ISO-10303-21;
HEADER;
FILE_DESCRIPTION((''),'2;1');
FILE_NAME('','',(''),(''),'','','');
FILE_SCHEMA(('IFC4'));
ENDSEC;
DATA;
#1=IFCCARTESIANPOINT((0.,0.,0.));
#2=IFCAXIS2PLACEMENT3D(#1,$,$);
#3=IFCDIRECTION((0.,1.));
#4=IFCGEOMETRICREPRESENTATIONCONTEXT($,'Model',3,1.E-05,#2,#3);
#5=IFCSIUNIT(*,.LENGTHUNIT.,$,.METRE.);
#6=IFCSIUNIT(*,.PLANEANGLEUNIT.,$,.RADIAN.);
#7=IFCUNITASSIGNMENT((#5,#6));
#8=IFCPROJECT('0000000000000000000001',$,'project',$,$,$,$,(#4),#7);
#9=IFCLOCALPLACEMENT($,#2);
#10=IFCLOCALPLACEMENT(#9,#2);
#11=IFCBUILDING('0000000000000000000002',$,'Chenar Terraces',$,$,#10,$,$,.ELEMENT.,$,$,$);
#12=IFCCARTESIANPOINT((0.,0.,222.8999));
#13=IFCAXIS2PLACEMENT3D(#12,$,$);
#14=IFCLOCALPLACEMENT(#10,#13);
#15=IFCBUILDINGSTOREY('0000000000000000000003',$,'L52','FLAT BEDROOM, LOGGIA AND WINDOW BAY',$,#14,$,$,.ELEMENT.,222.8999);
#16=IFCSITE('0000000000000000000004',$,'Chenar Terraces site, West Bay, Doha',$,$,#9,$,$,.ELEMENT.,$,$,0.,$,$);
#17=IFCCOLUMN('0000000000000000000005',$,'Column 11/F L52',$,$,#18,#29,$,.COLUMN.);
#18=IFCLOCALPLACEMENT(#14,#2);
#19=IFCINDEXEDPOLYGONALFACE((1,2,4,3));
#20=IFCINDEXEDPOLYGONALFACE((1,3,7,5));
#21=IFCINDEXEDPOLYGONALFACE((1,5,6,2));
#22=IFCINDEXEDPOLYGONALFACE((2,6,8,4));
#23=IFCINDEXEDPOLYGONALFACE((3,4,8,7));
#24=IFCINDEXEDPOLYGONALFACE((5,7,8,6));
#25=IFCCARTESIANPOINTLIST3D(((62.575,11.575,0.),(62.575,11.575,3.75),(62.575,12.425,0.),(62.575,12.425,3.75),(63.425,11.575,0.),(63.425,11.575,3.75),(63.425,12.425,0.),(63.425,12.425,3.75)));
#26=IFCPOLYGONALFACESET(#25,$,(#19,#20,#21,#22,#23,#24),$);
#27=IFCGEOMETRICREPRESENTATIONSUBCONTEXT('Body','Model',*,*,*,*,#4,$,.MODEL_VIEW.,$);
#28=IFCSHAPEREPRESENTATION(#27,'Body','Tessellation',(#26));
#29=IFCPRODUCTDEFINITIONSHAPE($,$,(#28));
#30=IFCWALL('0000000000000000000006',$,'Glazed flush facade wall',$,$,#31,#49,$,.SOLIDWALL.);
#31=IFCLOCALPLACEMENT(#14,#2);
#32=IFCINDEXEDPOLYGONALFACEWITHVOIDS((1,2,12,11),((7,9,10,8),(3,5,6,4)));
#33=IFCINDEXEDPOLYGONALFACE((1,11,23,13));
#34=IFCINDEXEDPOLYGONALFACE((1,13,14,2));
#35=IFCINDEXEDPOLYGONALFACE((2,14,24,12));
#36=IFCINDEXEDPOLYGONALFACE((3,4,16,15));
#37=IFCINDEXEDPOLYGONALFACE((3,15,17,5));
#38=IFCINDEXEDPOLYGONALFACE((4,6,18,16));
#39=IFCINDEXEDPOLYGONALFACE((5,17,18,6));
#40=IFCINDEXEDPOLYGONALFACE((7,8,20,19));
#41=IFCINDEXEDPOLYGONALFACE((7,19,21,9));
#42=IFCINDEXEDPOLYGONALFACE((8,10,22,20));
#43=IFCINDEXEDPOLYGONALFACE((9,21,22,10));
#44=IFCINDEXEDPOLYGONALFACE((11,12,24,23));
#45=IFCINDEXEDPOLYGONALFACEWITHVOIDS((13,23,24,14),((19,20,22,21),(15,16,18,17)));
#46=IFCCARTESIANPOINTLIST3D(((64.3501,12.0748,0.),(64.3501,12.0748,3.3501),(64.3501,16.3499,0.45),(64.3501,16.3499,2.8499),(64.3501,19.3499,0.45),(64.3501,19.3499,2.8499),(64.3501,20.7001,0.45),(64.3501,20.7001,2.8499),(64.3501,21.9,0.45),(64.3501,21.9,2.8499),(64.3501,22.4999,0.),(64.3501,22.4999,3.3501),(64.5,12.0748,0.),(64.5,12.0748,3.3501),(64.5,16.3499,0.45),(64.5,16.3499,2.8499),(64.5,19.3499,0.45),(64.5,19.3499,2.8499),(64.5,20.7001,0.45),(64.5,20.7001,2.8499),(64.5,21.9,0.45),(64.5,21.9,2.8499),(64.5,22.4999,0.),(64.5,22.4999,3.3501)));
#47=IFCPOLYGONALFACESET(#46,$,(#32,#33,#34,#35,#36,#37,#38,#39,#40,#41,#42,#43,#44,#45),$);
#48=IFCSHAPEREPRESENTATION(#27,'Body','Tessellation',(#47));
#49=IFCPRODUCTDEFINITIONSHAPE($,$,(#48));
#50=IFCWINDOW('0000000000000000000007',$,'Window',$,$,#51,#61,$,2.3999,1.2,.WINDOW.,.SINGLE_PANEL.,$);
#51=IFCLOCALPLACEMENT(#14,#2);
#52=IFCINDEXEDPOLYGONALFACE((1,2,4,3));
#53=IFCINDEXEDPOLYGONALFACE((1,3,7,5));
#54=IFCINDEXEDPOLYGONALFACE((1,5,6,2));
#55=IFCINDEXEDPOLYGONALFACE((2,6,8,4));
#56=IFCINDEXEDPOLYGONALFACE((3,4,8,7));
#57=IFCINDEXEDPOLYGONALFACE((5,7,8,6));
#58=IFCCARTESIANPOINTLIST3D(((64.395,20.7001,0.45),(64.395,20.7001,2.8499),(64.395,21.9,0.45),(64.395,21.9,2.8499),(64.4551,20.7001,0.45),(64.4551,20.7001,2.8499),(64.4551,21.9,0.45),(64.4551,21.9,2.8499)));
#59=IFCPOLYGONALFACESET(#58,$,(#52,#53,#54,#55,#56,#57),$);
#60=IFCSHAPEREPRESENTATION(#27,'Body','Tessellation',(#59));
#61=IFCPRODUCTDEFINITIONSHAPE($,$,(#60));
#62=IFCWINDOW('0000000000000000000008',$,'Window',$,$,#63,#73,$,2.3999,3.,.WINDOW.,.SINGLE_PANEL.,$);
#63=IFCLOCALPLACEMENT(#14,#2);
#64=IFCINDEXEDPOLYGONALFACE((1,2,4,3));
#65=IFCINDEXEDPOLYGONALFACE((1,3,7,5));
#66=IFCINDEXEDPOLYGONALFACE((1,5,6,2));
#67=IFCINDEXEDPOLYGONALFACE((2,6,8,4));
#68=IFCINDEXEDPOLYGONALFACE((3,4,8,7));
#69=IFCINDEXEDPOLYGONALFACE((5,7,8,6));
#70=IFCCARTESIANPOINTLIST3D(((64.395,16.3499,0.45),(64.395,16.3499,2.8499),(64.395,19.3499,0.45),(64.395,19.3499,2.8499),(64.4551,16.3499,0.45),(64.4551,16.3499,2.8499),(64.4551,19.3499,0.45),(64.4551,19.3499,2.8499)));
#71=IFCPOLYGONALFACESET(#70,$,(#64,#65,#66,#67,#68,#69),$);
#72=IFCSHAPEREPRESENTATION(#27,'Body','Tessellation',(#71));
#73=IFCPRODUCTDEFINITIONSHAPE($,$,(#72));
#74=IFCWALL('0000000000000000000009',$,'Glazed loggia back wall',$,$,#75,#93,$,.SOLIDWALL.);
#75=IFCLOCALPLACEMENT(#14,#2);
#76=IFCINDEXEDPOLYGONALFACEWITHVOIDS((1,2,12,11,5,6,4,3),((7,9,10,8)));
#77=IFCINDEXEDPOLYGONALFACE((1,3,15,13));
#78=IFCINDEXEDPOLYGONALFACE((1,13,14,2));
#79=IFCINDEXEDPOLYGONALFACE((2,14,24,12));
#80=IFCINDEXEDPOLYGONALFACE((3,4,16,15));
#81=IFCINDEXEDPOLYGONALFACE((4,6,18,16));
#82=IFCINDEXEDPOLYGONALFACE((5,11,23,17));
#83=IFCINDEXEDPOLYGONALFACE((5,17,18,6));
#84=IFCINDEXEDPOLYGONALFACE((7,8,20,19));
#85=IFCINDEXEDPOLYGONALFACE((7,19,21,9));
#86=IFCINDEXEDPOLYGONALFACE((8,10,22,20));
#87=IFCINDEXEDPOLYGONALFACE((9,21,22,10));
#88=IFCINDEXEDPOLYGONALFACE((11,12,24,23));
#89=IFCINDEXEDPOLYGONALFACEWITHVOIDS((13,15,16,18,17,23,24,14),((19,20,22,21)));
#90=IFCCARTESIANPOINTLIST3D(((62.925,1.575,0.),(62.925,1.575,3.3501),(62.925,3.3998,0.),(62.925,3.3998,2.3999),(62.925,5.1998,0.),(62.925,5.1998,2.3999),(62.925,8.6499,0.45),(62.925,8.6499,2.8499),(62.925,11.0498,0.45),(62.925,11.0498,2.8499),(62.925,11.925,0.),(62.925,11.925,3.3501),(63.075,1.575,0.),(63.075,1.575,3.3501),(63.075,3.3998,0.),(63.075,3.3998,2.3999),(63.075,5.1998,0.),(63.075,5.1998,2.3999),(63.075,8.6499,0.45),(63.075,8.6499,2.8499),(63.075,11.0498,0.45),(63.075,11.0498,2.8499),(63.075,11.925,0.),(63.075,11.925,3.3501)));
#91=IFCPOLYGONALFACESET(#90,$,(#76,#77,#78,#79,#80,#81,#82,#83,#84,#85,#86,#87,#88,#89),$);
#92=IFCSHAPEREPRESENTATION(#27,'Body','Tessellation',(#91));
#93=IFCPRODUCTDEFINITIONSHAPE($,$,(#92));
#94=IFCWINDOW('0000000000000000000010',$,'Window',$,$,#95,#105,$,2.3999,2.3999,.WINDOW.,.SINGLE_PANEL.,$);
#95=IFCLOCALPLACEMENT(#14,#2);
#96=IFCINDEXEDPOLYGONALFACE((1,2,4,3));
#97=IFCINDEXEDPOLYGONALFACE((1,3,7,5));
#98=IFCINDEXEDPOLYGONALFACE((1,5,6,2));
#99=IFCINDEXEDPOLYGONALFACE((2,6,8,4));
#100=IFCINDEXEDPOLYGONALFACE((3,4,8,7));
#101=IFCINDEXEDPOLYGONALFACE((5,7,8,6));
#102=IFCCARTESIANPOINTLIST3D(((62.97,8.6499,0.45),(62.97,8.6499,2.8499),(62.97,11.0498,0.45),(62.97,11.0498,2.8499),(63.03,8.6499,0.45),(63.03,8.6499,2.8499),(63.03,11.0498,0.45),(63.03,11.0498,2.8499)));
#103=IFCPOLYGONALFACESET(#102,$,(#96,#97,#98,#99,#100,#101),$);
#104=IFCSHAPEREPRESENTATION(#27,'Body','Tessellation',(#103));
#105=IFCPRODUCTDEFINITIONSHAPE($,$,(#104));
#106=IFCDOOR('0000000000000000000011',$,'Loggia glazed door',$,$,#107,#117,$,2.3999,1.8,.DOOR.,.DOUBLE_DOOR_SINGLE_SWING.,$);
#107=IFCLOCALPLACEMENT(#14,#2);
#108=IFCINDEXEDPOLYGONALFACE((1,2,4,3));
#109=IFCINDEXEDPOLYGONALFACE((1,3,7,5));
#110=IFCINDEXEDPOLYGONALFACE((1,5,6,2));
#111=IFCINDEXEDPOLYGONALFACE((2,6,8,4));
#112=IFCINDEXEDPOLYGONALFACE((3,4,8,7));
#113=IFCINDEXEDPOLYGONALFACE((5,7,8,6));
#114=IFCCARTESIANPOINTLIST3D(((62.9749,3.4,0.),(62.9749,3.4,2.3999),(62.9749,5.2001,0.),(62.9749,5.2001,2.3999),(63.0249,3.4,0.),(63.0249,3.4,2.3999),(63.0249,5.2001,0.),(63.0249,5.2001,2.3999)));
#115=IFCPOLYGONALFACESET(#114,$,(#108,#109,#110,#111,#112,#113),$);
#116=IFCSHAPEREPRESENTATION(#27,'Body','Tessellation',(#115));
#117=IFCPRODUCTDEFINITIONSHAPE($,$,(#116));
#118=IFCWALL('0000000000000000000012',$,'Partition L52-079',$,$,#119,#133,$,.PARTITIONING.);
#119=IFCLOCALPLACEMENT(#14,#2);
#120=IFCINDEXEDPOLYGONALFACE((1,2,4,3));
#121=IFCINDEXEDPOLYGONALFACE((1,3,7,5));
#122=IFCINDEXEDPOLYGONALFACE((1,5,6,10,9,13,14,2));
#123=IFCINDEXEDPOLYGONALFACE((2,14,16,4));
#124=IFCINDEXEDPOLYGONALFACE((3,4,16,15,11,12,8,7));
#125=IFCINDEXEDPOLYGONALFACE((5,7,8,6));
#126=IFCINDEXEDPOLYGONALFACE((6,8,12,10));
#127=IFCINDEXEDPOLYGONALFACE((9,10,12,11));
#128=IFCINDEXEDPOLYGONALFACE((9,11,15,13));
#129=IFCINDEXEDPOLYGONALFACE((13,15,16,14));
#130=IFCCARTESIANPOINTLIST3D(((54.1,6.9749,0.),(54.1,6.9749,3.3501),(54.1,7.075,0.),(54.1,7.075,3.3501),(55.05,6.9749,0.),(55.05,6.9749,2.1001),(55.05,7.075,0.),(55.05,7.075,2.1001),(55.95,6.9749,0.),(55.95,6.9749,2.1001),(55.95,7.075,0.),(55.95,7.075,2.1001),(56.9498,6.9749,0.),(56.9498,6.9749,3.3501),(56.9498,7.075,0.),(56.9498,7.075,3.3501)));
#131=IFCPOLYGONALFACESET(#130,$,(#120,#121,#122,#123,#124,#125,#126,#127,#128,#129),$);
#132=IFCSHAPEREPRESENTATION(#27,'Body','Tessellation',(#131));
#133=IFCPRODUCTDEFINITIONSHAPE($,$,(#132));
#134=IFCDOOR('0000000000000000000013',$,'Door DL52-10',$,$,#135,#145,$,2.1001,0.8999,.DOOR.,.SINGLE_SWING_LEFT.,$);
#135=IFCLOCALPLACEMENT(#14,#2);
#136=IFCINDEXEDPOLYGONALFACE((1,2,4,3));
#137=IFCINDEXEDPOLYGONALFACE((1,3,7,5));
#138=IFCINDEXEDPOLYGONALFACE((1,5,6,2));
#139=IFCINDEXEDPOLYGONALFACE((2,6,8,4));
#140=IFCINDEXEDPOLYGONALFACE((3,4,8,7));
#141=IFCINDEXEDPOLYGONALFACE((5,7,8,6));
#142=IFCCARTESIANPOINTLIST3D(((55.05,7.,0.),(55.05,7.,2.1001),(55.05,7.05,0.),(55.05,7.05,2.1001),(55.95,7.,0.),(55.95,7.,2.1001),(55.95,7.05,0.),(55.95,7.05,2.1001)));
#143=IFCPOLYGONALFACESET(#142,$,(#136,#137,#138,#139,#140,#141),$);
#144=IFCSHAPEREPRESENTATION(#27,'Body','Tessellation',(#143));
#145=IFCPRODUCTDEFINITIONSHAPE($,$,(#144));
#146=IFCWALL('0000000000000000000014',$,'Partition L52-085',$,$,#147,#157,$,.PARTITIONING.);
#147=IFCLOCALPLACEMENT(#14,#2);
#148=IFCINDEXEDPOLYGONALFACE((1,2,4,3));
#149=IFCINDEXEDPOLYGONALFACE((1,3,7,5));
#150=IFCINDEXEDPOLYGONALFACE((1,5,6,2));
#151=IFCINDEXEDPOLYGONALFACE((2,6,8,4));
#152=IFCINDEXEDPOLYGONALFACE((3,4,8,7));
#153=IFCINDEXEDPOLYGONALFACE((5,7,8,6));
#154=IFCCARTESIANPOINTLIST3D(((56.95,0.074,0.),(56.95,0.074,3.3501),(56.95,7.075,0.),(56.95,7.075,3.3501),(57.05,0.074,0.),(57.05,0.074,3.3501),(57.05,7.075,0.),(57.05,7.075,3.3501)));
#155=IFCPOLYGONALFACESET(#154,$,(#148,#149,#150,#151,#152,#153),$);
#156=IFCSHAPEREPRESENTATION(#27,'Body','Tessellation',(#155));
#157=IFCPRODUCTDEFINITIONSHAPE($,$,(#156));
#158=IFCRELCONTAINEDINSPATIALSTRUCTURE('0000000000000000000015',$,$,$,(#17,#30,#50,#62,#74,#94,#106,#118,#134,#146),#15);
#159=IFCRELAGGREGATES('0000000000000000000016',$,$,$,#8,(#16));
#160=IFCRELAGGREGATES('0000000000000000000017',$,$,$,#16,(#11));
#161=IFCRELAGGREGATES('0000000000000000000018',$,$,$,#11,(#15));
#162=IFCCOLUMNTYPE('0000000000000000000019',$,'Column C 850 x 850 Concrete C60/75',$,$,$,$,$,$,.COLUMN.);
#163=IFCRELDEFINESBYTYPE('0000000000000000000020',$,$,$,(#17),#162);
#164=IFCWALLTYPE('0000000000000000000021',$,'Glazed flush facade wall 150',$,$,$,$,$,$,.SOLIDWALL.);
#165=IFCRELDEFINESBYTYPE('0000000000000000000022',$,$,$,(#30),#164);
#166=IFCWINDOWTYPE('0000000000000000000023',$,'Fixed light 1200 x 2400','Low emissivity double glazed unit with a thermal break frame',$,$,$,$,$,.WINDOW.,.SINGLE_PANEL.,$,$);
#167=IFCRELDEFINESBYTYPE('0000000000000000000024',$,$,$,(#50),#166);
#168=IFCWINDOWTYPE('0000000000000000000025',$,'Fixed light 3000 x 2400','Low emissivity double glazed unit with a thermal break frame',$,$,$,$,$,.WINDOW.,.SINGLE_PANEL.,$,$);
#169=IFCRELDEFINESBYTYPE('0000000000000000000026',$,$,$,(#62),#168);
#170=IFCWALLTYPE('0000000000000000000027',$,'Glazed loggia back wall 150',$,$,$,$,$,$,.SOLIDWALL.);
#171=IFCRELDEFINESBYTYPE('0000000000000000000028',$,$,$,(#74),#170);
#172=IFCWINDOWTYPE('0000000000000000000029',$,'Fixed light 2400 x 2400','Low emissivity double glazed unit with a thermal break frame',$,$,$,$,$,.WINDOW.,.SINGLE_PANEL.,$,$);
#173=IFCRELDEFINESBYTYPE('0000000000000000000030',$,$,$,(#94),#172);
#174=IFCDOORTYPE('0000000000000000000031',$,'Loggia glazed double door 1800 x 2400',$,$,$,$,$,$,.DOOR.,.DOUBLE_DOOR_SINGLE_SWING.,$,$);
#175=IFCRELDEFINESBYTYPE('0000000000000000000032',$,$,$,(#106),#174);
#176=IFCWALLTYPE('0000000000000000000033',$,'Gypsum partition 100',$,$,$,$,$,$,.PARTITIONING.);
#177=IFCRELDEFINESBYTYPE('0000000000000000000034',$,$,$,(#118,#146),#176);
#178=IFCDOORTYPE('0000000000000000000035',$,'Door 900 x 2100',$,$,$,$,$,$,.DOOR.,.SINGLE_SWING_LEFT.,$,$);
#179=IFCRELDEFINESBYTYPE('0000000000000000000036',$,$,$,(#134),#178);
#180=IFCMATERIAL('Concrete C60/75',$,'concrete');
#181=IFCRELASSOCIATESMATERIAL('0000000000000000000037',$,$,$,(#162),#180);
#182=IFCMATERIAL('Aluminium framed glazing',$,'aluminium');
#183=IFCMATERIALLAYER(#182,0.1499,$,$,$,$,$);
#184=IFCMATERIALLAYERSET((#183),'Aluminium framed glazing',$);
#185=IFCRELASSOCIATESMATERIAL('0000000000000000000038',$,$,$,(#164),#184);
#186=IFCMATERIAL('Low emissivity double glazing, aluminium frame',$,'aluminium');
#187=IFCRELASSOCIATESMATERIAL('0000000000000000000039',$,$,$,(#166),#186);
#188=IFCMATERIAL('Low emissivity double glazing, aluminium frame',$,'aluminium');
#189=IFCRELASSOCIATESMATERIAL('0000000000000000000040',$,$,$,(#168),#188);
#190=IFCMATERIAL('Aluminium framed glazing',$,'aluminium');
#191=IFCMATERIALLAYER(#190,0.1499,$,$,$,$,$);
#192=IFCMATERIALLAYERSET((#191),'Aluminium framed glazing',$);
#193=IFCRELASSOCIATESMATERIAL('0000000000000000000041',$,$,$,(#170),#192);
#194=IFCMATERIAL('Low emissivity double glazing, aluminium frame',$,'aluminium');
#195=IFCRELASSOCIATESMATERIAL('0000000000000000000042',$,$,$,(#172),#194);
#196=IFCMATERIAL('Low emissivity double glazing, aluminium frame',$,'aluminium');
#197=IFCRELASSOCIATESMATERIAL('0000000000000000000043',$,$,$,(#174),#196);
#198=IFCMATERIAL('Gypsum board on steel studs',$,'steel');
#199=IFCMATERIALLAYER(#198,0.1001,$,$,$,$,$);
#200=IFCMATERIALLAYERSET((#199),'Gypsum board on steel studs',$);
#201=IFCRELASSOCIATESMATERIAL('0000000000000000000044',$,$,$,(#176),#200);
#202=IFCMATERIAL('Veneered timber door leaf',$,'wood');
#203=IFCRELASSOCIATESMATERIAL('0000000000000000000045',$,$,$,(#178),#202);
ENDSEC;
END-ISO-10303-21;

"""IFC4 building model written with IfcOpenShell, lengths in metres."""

from ifc_helpers import new_model, si_unit, direction, frame, frame_2d, origin, origin_2d, place, context, subcontext, project, spatial, rectangle, extrude, material, layer, layer_set, material_profile, profile_set, type_object, element, fill, save


model = new_model("IFC4")

# Units and contexts
model_context = context("Model", 3, precision=1e-05, world=origin(), true_north=direction((0.0, 1.0)))
body_context = subcontext(model_context, "Body", "Model", "MODEL_VIEW")
ifc_project = project(units=[si_unit("LENGTHUNIT", "METRE"), si_unit("PLANEANGLEUNIT", "RADIAN")], contexts=[model_context])

# Site, building, storey
site_placement = place(None, origin())
site = spatial("IfcSite", under=ifc_project, at=site_placement, Name="Chenar Terraces site, West Bay, Doha", CompositionType="ELEMENT", RefElevation=0.0)
building_placement = place(site_placement, origin())
building = spatial("IfcBuilding", under=site, at=building_placement, Name="Chenar Terraces", CompositionType="ELEMENT")
storey_placement = place(building_placement, frame((0.0, 0.0, 222.8999)))
storey = spatial("IfcBuildingStorey", under=building, at=storey_placement, Name="L52", Description="FLAT BEDROOM, LOGGIA AND WINDOW BAY", CompositionType="ELEMENT", Elevation=222.8999)

# Column
ifc_material_1 = material(Name="Concrete C60/75", Category="concrete")
ifc_material_profile = material_profile(ifc_material_1, rectangle(XDim=0.8501, YDim=0.8501, at=origin_2d()), Name="C 850 x 850")
ifc_profile_set = profile_set([ifc_material_profile], Name="Concrete C60/75")
column_type = type_object("IfcColumnType", Name="Column C 850 x 850 Concrete C60/75", PredefinedType="COLUMN", material=ifc_profile_set)
column_placement = place(storey_placement, frame((63.0, 12.0, 0.0), z_axis=(0.0, 0.0, 1.0), x_axis=(1.0, 0.0, 0.0)))
element("IfcColumn", 1, at=column_placement, inside=storey, type_object=column_type, Name="Column 11/F L52", PredefinedType="COLUMN", context=body_context, shape_type="SweptSolid", body=[
    extrude(rectangle(XDim=0.8501, YDim=0.8501, at=origin_2d()), origin(), (0.0, 0.0, 1.0), 3.75),
])

# Wall, openings, windows
ifc_material_2 = material(Name="Aluminium framed glazing", Category="aluminium")
ifc_layer_1 = layer(ifc_material_2, 0.1499)
ifc_layer_set_1 = layer_set([ifc_layer_1], Name="Aluminium framed glazing")
wall_type_1 = type_object("IfcWallType", Name="Glazed flush facade wall 150", PredefinedType="SOLIDWALL", material=ifc_layer_set_1)
wall_1_placement = place(storey_placement, frame((64.425, 12.075, 0.0), z_axis=(0.0, 0.0, 1.0), x_axis=(0.0, 1.0, 0.0)))
wall_1 = element("IfcWall", 2, at=wall_1_placement, inside=storey, type_object=wall_type_1, Name="Glazed flush facade wall", PredefinedType="SOLIDWALL", context=body_context, shape_type="SweptSolid", body=[
    extrude(rectangle(XDim=10.425, YDim=0.1499, at=frame_2d((5.2124, 0.0))), origin(), (0.0, 0.0, 1.0), 3.3501),
])
opening_1_placement = place(wall_1_placement, frame((4.2749, 0.0, 0.45)))
opening_1 = element("IfcOpeningElement", 3, at=opening_1_placement, cuts=wall_1, PredefinedType="OPENING", context=body_context, shape_type="SweptSolid", body=[
    extrude(rectangle(XDim=3.0, YDim=2.3999, at=frame_2d((1.5, 1.2))), frame((0.0, 0.085, 0.0), z_axis=(0.0, -1.0, 0.0), x_axis=(1.0, 0.0, 0.0)), (0.0, 0.0, 1.0), 0.1699),
])
opening_2_placement = place(wall_1_placement, frame((8.625, 0.0, 0.45)))
opening_2 = element("IfcOpeningElement", 4, at=opening_2_placement, cuts=wall_1, PredefinedType="OPENING", context=body_context, shape_type="SweptSolid", body=[
    extrude(rectangle(XDim=1.2, YDim=2.3999, at=frame_2d((0.6001, 1.2))), frame((0.0, 0.085, 0.0), z_axis=(0.0, -1.0, 0.0), x_axis=(1.0, 0.0, 0.0)), (0.0, 0.0, 1.0), 0.1699),
])
ifc_material_3 = material(Name="Low emissivity double glazing, aluminium frame", Category="aluminium")
window_type_1 = type_object("IfcWindowType", Name="Fixed light 1200 x 2400", Description="Low emissivity double glazed unit with a thermal break frame", PartitioningType="SINGLE_PANEL", PredefinedType="WINDOW", material=ifc_material_3)
window_1_placement = place(opening_2_placement, origin())
window_1 = element("IfcWindow", 5, at=window_1_placement, inside=storey, type_object=window_type_1, Name="Window", OverallHeight=2.3999, OverallWidth=1.2, PartitioningType="SINGLE_PANEL", PredefinedType="WINDOW", context=body_context, shape_type="SweptSolid", body=[
    extrude(rectangle(XDim=1.2, YDim=2.3999, at=frame_2d((0.6001, 1.2))), frame((0.0, 0.03, 0.0), z_axis=(0.0, -1.0, 0.0), x_axis=(1.0, 0.0, 0.0)), (0.0, 0.0, 1.0), 0.0601),
])
fill(opening_2, window_1)
ifc_material_4 = material(Name="Low emissivity double glazing, aluminium frame", Category="aluminium")
window_type_2 = type_object("IfcWindowType", Name="Fixed light 3000 x 2400", Description="Low emissivity double glazed unit with a thermal break frame", PartitioningType="SINGLE_PANEL", PredefinedType="WINDOW", material=ifc_material_4)
window_2_placement = place(opening_1_placement, origin())
window_2 = element("IfcWindow", 6, at=window_2_placement, inside=storey, type_object=window_type_2, Name="Window", OverallHeight=2.3999, OverallWidth=3.0, PartitioningType="SINGLE_PANEL", PredefinedType="WINDOW", context=body_context, shape_type="SweptSolid", body=[
    extrude(rectangle(XDim=3.0, YDim=2.3999, at=frame_2d((1.5, 1.2))), frame((0.0, 0.03, 0.0), z_axis=(0.0, -1.0, 0.0), x_axis=(1.0, 0.0, 0.0)), (0.0, 0.0, 1.0), 0.0601),
])
fill(opening_1, window_2)

# Wall, openings, window, door
ifc_material_5 = material(Name="Aluminium framed glazing", Category="aluminium")
ifc_layer_2 = layer(ifc_material_5, 0.1499)
ifc_layer_set_2 = layer_set([ifc_layer_2], Name="Aluminium framed glazing")
wall_type_2 = type_object("IfcWallType", Name="Glazed loggia back wall 150", PredefinedType="SOLIDWALL", material=ifc_layer_set_2)
wall_2_placement = place(storey_placement, frame((63.0, 1.575, 0.0), z_axis=(0.0, 0.0, 1.0), x_axis=(0.0, 1.0, 0.0)))
wall_2 = element("IfcWall", 7, at=wall_2_placement, inside=storey, type_object=wall_type_2, Name="Glazed loggia back wall", PredefinedType="SOLIDWALL", context=body_context, shape_type="SweptSolid", body=[
    extrude(rectangle(XDim=10.3501, YDim=0.1499, at=frame_2d((5.175, 0.0))), origin(), (0.0, 0.0, 1.0), 3.3501),
])
opening_3_placement = place(wall_2_placement, frame((1.825, 0.0, 0.0)))
opening_3 = element("IfcOpeningElement", 8, at=opening_3_placement, cuts=wall_2, PredefinedType="OPENING", context=body_context, shape_type="SweptSolid", body=[
    extrude(rectangle(XDim=1.8, YDim=2.3999, at=frame_2d((0.8999, 1.2))), frame((0.0, 0.085, 0.0), z_axis=(0.0, -1.0, 0.0), x_axis=(1.0, 0.0, 0.0)), (0.0, 0.0, 1.0), 0.1699),
])
opening_4_placement = place(wall_2_placement, frame((7.075, 0.0, 0.45)))
opening_4 = element("IfcOpeningElement", 9, at=opening_4_placement, cuts=wall_2, PredefinedType="OPENING", context=body_context, shape_type="SweptSolid", body=[
    extrude(rectangle(XDim=2.3999, YDim=2.3999, at=frame_2d((1.2, 1.2))), frame((0.0, 0.085, 0.0), z_axis=(0.0, -1.0, 0.0), x_axis=(1.0, 0.0, 0.0)), (0.0, 0.0, 1.0), 0.1699),
])
ifc_material_6 = material(Name="Low emissivity double glazing, aluminium frame", Category="aluminium")
window_type_3 = type_object("IfcWindowType", Name="Fixed light 2400 x 2400", Description="Low emissivity double glazed unit with a thermal break frame", PartitioningType="SINGLE_PANEL", PredefinedType="WINDOW", material=ifc_material_6)
window_3_placement = place(opening_4_placement, origin())
window_3 = element("IfcWindow", 10, at=window_3_placement, inside=storey, type_object=window_type_3, Name="Window", OverallHeight=2.3999, OverallWidth=2.3999, PartitioningType="SINGLE_PANEL", PredefinedType="WINDOW", context=body_context, shape_type="SweptSolid", body=[
    extrude(rectangle(XDim=2.3999, YDim=2.3999, at=frame_2d((1.2, 1.2))), frame((0.0, 0.03, 0.0), z_axis=(0.0, -1.0, 0.0), x_axis=(1.0, 0.0, 0.0)), (0.0, 0.0, 1.0), 0.0601),
])
fill(opening_4, window_3)
ifc_material_7 = material(Name="Low emissivity double glazing, aluminium frame", Category="aluminium")
door_type_1 = type_object("IfcDoorType", Name="Loggia glazed double door 1800 x 2400", OperationType="DOUBLE_DOOR_SINGLE_SWING", PredefinedType="DOOR", material=ifc_material_7)
door_1_placement = place(opening_3_placement, frame((1.8, 0.0, 0.0), z_axis=(0.0, 0.0, 1.0), x_axis=(-1.0, 0.0, 0.0)))
door_1 = element("IfcDoor", 11, at=door_1_placement, inside=storey, type_object=door_type_1, Name="Loggia glazed door", OperationType="DOUBLE_DOOR_SINGLE_SWING", OverallHeight=2.3999, OverallWidth=1.8, PredefinedType="DOOR", context=body_context, shape_type="SweptSolid", body=[
    extrude(rectangle(XDim=1.8, YDim=2.3999, at=frame_2d((0.8999, 1.2))), frame((0.0, 0.0249, 0.0), z_axis=(0.0, -1.0, 0.0), x_axis=(1.0, 0.0, 0.0)), (0.0, 0.0, 1.0), 0.05),
])
fill(opening_3, door_1)

# Wall, opening, door
ifc_material_8 = material(Name="Gypsum board on steel studs", Category="steel")
ifc_layer_3 = layer(ifc_material_8, 0.1001)
ifc_layer_set_3 = layer_set([ifc_layer_3], Name="Gypsum board on steel studs")
wall_type_3 = type_object("IfcWallType", Name="Gypsum partition 100", PredefinedType="PARTITIONING", material=ifc_layer_set_3)
wall_3_placement = place(storey_placement, frame((54.1001, 7.0249, 0.0), z_axis=(0.0, 0.0, 1.0), x_axis=(1.0, 0.0, 0.0)))
wall_3 = element("IfcWall", 12, at=wall_3_placement, inside=storey, type_object=wall_type_3, Name="Partition L52-079", PredefinedType="PARTITIONING", context=body_context, shape_type="SweptSolid", body=[
    extrude(rectangle(XDim=2.8499, YDim=0.1001, at=frame_2d((1.4248, 0.0))), origin(), (0.0, 0.0, 1.0), 3.3501),
])
opening_5_placement = place(wall_3_placement, frame((0.95, 0.0, 0.0)))
opening_5 = element("IfcOpeningElement", 13, at=opening_5_placement, cuts=wall_3, PredefinedType="OPENING", context=body_context, shape_type="SweptSolid", body=[
    extrude(rectangle(XDim=0.8999, YDim=2.1001, at=frame_2d((0.45, 1.05))), frame((0.0, 0.0601, 0.0), z_axis=(0.0, -1.0, 0.0), x_axis=(1.0, 0.0, 0.0)), (0.0, 0.0, 1.0), 0.1201),
])
ifc_material_9 = material(Name="Veneered timber door leaf", Category="wood")
door_type_2 = type_object("IfcDoorType", Name="Door 900 x 2100", OperationType="SINGLE_SWING_LEFT", PredefinedType="DOOR", material=ifc_material_9)
door_2_placement = place(opening_5_placement, frame((0.8999, 0.0, 0.0), z_axis=(0.0, 0.0, 1.0), x_axis=(-1.0, 0.0, 0.0)))
door_2 = element("IfcDoor", 14, at=door_2_placement, inside=storey, type_object=door_type_2, Name="Door DL52-10", OperationType="SINGLE_SWING_LEFT", OverallHeight=2.1001, OverallWidth=0.8999, PredefinedType="DOOR", context=body_context, shape_type="SweptSolid", body=[
    extrude(rectangle(XDim=0.8999, YDim=2.1001, at=frame_2d((0.45, 1.05))), frame((0.0, 0.0249, 0.0), z_axis=(0.0, -1.0, 0.0), x_axis=(1.0, 0.0, 0.0)), (0.0, 0.0, 1.0), 0.05),
])
fill(opening_5, door_2)

# Wall
for number, where, z_axis, x_axis, name in (
    (15, (57.0, 0.074, 0.0), (0.0, 0.0, 1.0), (0.0, 1.0, 0.0), "Partition L52-085"),
):
    element("IfcWall", number, at=place(storey_placement, frame(where, z_axis=z_axis, x_axis=x_axis)), inside=storey, type_object=wall_type_3, Name=name, PredefinedType="PARTITIONING", context=body_context, shape_type="SweptSolid", body=[
        extrude(rectangle(XDim=7.001, YDim=0.1001, at=frame_2d((3.5005, 0.0))), origin(), (0.0, 0.0, 1.0), 3.3501),
    ])

save(model, "model.ifc")
